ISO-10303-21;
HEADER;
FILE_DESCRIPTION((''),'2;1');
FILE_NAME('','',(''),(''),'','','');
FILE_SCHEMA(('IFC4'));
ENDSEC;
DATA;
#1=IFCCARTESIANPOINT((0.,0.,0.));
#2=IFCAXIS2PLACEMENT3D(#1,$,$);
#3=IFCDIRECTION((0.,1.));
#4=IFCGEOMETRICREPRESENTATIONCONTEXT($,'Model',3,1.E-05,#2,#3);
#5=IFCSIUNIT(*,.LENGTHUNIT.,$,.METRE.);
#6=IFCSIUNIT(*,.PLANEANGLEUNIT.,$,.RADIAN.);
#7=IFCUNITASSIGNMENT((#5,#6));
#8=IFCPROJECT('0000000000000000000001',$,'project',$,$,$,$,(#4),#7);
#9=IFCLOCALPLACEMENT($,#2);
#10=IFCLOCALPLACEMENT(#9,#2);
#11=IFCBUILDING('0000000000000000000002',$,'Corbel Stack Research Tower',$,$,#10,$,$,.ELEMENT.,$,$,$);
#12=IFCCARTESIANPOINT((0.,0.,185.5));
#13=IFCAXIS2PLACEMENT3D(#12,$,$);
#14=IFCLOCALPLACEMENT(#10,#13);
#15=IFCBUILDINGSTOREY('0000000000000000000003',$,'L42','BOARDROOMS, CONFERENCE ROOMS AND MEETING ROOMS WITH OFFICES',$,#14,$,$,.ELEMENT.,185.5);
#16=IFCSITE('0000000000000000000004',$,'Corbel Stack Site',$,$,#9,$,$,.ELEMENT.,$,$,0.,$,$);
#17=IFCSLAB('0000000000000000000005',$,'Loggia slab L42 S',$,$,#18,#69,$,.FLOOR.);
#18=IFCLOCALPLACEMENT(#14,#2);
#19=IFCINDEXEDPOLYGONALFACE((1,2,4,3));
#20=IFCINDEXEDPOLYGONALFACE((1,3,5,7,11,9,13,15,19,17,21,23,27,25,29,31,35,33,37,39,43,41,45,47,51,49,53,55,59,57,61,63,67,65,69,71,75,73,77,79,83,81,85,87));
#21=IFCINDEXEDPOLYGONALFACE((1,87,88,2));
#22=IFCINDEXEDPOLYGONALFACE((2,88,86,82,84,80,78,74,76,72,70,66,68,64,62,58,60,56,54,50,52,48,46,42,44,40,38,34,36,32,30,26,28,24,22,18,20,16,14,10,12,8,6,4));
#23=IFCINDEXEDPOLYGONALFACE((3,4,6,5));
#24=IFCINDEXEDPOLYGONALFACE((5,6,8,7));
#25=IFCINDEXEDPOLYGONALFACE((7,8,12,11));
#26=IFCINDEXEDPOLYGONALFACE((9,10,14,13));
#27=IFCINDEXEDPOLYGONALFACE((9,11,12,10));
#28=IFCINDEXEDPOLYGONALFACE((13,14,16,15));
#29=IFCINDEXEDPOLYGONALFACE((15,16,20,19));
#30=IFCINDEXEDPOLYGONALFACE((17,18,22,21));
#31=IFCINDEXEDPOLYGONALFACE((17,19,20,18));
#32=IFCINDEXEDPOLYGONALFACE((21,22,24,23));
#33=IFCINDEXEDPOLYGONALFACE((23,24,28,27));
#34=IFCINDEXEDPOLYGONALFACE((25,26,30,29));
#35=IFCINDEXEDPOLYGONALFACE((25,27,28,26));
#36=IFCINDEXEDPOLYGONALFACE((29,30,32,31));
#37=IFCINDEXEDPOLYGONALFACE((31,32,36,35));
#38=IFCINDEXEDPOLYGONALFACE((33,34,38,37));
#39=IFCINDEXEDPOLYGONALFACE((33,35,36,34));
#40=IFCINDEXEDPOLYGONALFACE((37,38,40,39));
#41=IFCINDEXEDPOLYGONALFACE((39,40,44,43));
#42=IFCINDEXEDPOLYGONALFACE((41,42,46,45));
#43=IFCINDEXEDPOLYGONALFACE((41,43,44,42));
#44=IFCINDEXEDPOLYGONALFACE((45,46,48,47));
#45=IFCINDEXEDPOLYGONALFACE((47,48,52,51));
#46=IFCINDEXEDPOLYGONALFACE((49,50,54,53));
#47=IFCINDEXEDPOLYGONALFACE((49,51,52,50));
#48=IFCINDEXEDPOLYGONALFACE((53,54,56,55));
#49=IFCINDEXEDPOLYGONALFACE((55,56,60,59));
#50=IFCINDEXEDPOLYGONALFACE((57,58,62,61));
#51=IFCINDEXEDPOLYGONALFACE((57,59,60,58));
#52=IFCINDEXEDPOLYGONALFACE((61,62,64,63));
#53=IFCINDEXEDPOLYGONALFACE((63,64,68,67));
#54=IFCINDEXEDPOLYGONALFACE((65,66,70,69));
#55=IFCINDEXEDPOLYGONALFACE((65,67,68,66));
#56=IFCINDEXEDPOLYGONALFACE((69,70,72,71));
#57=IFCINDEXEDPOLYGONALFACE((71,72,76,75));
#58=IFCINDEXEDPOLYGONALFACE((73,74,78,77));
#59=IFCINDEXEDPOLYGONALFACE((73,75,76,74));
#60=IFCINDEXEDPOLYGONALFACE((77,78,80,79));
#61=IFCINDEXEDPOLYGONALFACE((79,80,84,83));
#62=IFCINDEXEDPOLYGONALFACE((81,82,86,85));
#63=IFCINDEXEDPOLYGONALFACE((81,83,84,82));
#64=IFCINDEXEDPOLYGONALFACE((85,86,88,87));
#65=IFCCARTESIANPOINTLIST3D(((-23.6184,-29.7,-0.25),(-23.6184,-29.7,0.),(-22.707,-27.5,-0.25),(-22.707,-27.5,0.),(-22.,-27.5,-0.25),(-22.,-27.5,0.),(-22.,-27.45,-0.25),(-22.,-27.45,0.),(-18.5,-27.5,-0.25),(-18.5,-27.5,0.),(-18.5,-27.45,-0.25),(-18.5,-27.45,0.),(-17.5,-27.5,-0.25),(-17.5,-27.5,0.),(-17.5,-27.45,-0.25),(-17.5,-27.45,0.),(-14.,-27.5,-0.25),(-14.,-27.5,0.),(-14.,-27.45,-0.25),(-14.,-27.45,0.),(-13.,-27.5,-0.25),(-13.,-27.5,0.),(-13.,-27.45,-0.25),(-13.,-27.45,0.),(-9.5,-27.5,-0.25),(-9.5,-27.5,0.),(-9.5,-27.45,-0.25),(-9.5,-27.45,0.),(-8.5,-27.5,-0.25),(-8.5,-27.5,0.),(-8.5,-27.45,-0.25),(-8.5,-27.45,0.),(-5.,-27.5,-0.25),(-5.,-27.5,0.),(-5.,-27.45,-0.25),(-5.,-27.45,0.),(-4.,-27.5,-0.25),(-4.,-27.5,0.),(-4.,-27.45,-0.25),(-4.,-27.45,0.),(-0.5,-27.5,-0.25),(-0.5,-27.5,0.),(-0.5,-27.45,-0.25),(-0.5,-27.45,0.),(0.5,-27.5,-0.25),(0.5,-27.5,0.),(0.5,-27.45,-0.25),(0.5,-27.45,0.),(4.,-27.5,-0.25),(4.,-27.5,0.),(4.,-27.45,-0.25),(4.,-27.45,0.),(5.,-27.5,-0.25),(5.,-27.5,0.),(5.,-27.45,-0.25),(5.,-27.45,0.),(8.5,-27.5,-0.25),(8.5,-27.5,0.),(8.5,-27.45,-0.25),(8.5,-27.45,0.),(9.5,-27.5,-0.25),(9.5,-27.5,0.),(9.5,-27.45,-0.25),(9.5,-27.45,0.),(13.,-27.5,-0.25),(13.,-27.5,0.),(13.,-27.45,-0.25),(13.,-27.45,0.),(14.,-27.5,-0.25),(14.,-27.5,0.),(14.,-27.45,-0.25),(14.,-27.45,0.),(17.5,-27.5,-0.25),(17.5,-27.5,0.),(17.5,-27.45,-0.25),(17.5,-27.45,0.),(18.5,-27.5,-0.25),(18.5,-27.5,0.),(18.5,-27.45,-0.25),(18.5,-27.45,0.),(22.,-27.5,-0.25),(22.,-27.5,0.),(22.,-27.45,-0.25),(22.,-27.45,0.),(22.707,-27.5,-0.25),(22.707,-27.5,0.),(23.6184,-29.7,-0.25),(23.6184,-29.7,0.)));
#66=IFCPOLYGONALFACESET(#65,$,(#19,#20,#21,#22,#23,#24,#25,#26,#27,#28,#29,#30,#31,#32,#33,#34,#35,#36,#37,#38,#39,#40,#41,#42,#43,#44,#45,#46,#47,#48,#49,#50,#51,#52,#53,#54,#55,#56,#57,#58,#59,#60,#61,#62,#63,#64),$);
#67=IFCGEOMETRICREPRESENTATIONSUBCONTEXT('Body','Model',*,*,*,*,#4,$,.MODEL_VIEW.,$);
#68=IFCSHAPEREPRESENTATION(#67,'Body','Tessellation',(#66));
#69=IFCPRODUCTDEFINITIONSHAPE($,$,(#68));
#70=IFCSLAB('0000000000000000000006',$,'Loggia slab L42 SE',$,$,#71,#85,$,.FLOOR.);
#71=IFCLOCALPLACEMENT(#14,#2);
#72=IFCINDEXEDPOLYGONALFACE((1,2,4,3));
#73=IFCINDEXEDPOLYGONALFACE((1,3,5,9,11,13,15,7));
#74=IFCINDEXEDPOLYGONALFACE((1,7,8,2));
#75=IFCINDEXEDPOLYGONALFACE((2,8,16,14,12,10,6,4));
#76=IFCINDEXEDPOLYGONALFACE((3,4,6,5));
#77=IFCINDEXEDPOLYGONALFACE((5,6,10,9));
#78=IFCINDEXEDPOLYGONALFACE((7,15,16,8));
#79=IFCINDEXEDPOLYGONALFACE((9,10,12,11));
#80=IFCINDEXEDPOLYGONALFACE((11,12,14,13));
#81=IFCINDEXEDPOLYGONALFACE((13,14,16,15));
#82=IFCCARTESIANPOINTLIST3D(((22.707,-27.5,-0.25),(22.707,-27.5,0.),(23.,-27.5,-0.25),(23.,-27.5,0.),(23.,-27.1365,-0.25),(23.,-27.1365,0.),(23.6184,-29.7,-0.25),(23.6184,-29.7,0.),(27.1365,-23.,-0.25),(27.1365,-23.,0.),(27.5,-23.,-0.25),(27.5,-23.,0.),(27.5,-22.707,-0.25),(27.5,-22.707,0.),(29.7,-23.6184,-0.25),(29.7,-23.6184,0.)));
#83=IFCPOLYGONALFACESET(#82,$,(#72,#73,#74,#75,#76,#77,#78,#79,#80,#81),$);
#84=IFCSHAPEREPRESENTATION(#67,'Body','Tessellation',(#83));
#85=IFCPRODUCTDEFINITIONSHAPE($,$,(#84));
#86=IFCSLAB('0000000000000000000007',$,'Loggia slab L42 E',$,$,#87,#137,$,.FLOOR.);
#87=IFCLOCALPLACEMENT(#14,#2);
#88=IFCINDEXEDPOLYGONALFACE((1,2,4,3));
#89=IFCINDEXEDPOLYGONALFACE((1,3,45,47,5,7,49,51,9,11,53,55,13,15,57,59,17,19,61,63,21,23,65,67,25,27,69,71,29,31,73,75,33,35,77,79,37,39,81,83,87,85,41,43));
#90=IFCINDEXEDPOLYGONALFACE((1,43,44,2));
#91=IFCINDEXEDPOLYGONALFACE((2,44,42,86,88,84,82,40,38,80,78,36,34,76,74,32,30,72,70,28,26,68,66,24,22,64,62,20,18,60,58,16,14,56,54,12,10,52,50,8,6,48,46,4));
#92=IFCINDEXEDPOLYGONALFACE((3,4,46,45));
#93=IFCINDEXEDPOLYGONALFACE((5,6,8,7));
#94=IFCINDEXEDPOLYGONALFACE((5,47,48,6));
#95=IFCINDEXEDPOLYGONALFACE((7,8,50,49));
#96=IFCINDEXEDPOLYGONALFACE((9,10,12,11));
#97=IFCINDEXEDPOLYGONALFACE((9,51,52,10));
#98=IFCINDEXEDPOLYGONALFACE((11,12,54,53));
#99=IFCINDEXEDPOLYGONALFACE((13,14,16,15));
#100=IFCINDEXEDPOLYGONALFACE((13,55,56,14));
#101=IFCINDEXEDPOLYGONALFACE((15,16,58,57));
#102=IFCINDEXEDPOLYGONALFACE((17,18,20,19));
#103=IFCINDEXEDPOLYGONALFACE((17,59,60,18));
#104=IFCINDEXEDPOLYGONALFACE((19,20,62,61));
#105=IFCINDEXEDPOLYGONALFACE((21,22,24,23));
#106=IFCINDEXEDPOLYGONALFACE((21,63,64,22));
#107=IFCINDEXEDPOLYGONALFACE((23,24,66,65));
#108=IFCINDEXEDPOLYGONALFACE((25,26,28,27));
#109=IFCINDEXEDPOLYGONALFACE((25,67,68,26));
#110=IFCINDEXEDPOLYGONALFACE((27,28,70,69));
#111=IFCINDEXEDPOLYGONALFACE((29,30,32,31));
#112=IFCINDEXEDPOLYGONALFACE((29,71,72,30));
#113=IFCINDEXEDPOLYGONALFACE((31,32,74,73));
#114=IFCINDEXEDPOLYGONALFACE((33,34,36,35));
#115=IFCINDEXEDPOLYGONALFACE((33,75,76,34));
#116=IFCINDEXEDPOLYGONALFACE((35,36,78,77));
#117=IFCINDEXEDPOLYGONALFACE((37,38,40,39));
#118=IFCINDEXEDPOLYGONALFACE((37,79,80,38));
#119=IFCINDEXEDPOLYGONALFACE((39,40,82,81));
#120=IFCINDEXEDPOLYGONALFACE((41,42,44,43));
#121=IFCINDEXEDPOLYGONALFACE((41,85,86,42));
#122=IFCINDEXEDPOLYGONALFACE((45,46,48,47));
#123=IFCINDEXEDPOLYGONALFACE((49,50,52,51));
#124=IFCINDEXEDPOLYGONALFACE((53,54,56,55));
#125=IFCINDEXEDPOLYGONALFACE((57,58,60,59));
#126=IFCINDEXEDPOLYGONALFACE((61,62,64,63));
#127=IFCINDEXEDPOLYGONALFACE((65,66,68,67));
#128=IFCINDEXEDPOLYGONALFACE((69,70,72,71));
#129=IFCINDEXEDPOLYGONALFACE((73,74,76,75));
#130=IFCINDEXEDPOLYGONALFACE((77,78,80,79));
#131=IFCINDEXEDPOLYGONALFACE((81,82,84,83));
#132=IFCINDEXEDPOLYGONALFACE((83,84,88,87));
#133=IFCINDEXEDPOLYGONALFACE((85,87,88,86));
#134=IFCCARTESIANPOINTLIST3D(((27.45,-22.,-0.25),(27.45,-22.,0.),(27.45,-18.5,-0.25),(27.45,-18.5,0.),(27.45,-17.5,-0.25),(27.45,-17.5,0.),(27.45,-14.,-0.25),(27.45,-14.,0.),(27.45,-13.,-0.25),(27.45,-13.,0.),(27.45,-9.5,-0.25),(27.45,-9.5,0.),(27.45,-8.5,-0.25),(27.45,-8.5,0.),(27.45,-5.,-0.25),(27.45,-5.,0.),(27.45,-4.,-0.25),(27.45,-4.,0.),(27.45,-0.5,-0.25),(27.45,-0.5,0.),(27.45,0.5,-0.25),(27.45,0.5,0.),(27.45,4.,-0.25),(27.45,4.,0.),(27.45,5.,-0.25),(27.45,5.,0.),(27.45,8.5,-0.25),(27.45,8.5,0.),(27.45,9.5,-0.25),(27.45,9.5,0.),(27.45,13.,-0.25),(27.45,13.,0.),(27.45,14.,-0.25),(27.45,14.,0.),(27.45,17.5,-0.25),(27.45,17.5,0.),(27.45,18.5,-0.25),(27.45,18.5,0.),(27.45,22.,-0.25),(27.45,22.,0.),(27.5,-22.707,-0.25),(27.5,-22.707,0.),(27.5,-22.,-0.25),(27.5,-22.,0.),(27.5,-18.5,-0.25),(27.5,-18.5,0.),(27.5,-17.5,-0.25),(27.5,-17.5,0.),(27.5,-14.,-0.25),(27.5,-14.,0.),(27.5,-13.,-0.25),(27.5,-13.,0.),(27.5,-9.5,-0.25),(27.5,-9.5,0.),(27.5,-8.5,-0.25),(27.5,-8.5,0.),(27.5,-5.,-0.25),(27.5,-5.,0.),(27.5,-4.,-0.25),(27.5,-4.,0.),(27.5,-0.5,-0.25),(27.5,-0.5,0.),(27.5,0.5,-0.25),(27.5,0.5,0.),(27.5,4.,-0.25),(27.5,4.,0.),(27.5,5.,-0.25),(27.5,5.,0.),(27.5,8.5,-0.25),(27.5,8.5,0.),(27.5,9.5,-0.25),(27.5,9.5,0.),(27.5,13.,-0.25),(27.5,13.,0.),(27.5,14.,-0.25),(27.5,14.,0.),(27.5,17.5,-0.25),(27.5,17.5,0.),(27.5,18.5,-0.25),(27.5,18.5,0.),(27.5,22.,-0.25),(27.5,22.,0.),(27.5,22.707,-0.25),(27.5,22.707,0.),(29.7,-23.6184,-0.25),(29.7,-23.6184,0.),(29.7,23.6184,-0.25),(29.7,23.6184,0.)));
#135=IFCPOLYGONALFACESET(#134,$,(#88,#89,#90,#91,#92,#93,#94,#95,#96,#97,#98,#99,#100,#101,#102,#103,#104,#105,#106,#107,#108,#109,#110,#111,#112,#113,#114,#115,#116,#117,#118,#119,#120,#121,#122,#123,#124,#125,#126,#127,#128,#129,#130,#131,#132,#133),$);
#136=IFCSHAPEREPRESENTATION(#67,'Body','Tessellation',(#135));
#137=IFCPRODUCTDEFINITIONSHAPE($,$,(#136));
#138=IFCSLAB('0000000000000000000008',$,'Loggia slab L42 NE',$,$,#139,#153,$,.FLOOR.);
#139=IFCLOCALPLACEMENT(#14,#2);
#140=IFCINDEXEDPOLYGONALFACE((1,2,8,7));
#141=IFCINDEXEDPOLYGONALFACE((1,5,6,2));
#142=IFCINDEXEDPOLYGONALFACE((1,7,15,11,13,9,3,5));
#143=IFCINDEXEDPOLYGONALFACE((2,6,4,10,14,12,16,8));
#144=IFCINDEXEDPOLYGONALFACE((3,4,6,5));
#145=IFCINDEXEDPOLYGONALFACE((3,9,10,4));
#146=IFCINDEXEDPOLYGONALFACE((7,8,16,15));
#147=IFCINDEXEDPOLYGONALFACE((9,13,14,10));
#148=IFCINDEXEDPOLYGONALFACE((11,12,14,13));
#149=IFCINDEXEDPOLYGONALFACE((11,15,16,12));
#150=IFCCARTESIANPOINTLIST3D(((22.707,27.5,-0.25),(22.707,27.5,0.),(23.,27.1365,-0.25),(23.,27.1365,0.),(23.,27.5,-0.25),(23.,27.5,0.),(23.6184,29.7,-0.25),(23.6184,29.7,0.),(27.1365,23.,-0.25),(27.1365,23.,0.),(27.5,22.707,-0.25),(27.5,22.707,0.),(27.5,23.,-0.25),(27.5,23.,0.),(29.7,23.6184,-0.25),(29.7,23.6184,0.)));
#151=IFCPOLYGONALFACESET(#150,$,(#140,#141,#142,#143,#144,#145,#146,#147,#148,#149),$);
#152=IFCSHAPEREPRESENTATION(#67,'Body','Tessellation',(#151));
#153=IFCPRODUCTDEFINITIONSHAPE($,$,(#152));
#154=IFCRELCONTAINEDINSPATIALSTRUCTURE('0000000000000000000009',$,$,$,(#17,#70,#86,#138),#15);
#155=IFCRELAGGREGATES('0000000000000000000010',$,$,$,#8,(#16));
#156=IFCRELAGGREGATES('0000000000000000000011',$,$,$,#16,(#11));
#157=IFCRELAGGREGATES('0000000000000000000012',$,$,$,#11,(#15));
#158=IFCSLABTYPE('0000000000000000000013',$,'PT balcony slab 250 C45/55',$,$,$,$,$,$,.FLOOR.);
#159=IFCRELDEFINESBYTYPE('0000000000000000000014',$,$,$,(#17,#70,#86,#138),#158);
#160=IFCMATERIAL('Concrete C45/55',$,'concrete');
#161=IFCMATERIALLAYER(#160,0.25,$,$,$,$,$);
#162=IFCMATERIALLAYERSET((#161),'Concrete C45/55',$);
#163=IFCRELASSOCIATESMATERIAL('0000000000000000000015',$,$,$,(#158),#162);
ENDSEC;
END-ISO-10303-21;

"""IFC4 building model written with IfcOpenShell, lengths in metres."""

from ifc_helpers import new_model, si_unit, direction, frame, origin, place, context, subcontext, project, spatial, polyline, outline, extrude, material, layer, layer_set, type_object, element, save


model = new_model("IFC4")

# Units and contexts
model_context = context("Model", 3, precision=1e-05, world=origin(), true_north=direction((0.0, 1.0)))
body_context = subcontext(model_context, "Body", "Model", "MODEL_VIEW")
ifc_project = project(units=[si_unit("LENGTHUNIT", "METRE"), si_unit("PLANEANGLEUNIT", "RADIAN")], contexts=[model_context])

# Site, building, storey
site_placement = place(None, origin())
site = spatial("IfcSite", under=ifc_project, at=site_placement, Name="Corbel Stack Site", CompositionType="ELEMENT", RefElevation=0.0)
building_placement = place(site_placement, origin())
building = spatial("IfcBuilding", under=site, at=building_placement, Name="Corbel Stack Research Tower", CompositionType="ELEMENT")
storey_placement = place(building_placement, frame((0.0, 0.0, 185.5)))
storey = spatial("IfcBuildingStorey", under=building, at=storey_placement, Name="L42", Description="BOARDROOMS, CONFERENCE ROOMS AND MEETING ROOMS WITH OFFICES", CompositionType="ELEMENT", Elevation=185.5)

# Slabs
ifc_material_1 = material(Name="Concrete C45/55", Category="concrete")
ifc_layer_1 = layer(ifc_material_1, 0.25)
ifc_layer_set_1 = layer_set([ifc_layer_1], Name="Concrete C45/55")
slab_type_1 = type_object("IfcSlabType", Name="PT balcony slab 250 C45/55", PredefinedType="FLOOR", material=ifc_layer_set_1)
slab_1_placement = place(storey_placement, frame((0.0, 0.0, -0.25)))
element("IfcSlab", 1, at=slab_1_placement, inside=storey, type_object=slab_type_1, Name="Loggia slab L42 S", PredefinedType="FLOOR", context=body_context, shape_type="SweptSolid", body=[
    extrude(outline(polyline([(22.707, -27.5), (22.0, -27.5), (22.0, -27.45), (18.5, -27.45), (18.5, -27.5), (17.5, -27.5), (17.5, -27.45), (14.0, -27.45), (14.0, -27.5), (13.0, -27.5), (13.0, -27.45), (9.5, -27.45), (9.5, -27.5), (8.5, -27.5), (8.5, -27.45), (5.0, -27.45), (5.0, -27.5), (4.0, -27.5), (4.0, -27.45), (0.5, -27.45), (0.5, -27.5), (-0.5, -27.5), (-0.5, -27.45), (-4.0, -27.45), (-4.0, -27.5), (-5.0, -27.5), (-5.0, -27.45), (-8.5, -27.45), (-8.5, -27.5), (-9.5, -27.5), (-9.5, -27.45), (-13.0, -27.45), (-13.0, -27.5), (-14.0, -27.5), (-14.0, -27.45), (-17.5, -27.45), (-17.5, -27.5), (-18.5, -27.5), (-18.5, -27.45), (-22.0, -27.45), (-22.0, -27.5), (-22.707, -27.5), (-23.6184, -29.7), (23.6184, -29.7), (22.707, -27.5)])), origin(), (0.0, 0.0, 1.0), 0.25),
])
slab_2_placement = place(storey_placement, frame((0.0, 0.0, -0.25)))
element("IfcSlab", 2, at=slab_2_placement, inside=storey, type_object=slab_type_1, Name="Loggia slab L42 SE", PredefinedType="FLOOR", context=body_context, shape_type="SweptSolid", body=[
    extrude(outline(polyline([(27.5, -22.707), (27.5, -23.0), (27.1365, -23.0), (23.0, -27.1365), (23.0, -27.5), (22.707, -27.5), (23.6184, -29.7), (29.7, -23.6184), (27.5, -22.707)])), origin(), (0.0, 0.0, 1.0), 0.25),
])
slab_3_placement = place(storey_placement, frame((0.0, 0.0, -0.25)))
element("IfcSlab", 3, at=slab_3_placement, inside=storey, type_object=slab_type_1, Name="Loggia slab L42 E", PredefinedType="FLOOR", context=body_context, shape_type="SweptSolid", body=[
    extrude(outline(polyline([(27.5, 22.707), (27.5, 22.0), (27.45, 22.0), (27.45, 18.5), (27.5, 18.5), (27.5, 17.5), (27.45, 17.5), (27.45, 14.0), (27.5, 14.0), (27.5, 13.0), (27.45, 13.0), (27.45, 9.5), (27.5, 9.5), (27.5, 8.5), (27.45, 8.5), (27.45, 5.0), (27.5, 5.0), (27.5, 4.0), (27.45, 4.0), (27.45, 0.5), (27.5, 0.5), (27.5, -0.5), (27.45, -0.5), (27.45, -4.0), (27.5, -4.0), (27.5, -5.0), (27.45, -5.0), (27.45, -8.5), (27.5, -8.5), (27.5, -9.5), (27.45, -9.5), (27.45, -13.0), (27.5, -13.0), (27.5, -14.0), (27.45, -14.0), (27.45, -17.5), (27.5, -17.5), (27.5, -18.5), (27.45, -18.5), (27.45, -22.0), (27.5, -22.0), (27.5, -22.707), (29.7, -23.6184), (29.7, 23.6184), (27.5, 22.707)])), origin(), (0.0, 0.0, 1.0), 0.25),
])
slab_4_placement = place(storey_placement, frame((0.0, 0.0, -0.25)))
element("IfcSlab", 4, at=slab_4_placement, inside=storey, type_object=slab_type_1, Name="Loggia slab L42 NE", PredefinedType="FLOOR", context=body_context, shape_type="SweptSolid", body=[
    extrude(outline(polyline([(22.707, 27.5), (23.0, 27.5), (23.0, 27.1365), (27.1365, 23.0), (27.5, 23.0), (27.5, 22.707), (29.7, 23.6184), (23.6184, 29.7), (22.707, 27.5)])), origin(), (0.0, 0.0, 1.0), 0.25),
])

save(model, "model.ifc")
